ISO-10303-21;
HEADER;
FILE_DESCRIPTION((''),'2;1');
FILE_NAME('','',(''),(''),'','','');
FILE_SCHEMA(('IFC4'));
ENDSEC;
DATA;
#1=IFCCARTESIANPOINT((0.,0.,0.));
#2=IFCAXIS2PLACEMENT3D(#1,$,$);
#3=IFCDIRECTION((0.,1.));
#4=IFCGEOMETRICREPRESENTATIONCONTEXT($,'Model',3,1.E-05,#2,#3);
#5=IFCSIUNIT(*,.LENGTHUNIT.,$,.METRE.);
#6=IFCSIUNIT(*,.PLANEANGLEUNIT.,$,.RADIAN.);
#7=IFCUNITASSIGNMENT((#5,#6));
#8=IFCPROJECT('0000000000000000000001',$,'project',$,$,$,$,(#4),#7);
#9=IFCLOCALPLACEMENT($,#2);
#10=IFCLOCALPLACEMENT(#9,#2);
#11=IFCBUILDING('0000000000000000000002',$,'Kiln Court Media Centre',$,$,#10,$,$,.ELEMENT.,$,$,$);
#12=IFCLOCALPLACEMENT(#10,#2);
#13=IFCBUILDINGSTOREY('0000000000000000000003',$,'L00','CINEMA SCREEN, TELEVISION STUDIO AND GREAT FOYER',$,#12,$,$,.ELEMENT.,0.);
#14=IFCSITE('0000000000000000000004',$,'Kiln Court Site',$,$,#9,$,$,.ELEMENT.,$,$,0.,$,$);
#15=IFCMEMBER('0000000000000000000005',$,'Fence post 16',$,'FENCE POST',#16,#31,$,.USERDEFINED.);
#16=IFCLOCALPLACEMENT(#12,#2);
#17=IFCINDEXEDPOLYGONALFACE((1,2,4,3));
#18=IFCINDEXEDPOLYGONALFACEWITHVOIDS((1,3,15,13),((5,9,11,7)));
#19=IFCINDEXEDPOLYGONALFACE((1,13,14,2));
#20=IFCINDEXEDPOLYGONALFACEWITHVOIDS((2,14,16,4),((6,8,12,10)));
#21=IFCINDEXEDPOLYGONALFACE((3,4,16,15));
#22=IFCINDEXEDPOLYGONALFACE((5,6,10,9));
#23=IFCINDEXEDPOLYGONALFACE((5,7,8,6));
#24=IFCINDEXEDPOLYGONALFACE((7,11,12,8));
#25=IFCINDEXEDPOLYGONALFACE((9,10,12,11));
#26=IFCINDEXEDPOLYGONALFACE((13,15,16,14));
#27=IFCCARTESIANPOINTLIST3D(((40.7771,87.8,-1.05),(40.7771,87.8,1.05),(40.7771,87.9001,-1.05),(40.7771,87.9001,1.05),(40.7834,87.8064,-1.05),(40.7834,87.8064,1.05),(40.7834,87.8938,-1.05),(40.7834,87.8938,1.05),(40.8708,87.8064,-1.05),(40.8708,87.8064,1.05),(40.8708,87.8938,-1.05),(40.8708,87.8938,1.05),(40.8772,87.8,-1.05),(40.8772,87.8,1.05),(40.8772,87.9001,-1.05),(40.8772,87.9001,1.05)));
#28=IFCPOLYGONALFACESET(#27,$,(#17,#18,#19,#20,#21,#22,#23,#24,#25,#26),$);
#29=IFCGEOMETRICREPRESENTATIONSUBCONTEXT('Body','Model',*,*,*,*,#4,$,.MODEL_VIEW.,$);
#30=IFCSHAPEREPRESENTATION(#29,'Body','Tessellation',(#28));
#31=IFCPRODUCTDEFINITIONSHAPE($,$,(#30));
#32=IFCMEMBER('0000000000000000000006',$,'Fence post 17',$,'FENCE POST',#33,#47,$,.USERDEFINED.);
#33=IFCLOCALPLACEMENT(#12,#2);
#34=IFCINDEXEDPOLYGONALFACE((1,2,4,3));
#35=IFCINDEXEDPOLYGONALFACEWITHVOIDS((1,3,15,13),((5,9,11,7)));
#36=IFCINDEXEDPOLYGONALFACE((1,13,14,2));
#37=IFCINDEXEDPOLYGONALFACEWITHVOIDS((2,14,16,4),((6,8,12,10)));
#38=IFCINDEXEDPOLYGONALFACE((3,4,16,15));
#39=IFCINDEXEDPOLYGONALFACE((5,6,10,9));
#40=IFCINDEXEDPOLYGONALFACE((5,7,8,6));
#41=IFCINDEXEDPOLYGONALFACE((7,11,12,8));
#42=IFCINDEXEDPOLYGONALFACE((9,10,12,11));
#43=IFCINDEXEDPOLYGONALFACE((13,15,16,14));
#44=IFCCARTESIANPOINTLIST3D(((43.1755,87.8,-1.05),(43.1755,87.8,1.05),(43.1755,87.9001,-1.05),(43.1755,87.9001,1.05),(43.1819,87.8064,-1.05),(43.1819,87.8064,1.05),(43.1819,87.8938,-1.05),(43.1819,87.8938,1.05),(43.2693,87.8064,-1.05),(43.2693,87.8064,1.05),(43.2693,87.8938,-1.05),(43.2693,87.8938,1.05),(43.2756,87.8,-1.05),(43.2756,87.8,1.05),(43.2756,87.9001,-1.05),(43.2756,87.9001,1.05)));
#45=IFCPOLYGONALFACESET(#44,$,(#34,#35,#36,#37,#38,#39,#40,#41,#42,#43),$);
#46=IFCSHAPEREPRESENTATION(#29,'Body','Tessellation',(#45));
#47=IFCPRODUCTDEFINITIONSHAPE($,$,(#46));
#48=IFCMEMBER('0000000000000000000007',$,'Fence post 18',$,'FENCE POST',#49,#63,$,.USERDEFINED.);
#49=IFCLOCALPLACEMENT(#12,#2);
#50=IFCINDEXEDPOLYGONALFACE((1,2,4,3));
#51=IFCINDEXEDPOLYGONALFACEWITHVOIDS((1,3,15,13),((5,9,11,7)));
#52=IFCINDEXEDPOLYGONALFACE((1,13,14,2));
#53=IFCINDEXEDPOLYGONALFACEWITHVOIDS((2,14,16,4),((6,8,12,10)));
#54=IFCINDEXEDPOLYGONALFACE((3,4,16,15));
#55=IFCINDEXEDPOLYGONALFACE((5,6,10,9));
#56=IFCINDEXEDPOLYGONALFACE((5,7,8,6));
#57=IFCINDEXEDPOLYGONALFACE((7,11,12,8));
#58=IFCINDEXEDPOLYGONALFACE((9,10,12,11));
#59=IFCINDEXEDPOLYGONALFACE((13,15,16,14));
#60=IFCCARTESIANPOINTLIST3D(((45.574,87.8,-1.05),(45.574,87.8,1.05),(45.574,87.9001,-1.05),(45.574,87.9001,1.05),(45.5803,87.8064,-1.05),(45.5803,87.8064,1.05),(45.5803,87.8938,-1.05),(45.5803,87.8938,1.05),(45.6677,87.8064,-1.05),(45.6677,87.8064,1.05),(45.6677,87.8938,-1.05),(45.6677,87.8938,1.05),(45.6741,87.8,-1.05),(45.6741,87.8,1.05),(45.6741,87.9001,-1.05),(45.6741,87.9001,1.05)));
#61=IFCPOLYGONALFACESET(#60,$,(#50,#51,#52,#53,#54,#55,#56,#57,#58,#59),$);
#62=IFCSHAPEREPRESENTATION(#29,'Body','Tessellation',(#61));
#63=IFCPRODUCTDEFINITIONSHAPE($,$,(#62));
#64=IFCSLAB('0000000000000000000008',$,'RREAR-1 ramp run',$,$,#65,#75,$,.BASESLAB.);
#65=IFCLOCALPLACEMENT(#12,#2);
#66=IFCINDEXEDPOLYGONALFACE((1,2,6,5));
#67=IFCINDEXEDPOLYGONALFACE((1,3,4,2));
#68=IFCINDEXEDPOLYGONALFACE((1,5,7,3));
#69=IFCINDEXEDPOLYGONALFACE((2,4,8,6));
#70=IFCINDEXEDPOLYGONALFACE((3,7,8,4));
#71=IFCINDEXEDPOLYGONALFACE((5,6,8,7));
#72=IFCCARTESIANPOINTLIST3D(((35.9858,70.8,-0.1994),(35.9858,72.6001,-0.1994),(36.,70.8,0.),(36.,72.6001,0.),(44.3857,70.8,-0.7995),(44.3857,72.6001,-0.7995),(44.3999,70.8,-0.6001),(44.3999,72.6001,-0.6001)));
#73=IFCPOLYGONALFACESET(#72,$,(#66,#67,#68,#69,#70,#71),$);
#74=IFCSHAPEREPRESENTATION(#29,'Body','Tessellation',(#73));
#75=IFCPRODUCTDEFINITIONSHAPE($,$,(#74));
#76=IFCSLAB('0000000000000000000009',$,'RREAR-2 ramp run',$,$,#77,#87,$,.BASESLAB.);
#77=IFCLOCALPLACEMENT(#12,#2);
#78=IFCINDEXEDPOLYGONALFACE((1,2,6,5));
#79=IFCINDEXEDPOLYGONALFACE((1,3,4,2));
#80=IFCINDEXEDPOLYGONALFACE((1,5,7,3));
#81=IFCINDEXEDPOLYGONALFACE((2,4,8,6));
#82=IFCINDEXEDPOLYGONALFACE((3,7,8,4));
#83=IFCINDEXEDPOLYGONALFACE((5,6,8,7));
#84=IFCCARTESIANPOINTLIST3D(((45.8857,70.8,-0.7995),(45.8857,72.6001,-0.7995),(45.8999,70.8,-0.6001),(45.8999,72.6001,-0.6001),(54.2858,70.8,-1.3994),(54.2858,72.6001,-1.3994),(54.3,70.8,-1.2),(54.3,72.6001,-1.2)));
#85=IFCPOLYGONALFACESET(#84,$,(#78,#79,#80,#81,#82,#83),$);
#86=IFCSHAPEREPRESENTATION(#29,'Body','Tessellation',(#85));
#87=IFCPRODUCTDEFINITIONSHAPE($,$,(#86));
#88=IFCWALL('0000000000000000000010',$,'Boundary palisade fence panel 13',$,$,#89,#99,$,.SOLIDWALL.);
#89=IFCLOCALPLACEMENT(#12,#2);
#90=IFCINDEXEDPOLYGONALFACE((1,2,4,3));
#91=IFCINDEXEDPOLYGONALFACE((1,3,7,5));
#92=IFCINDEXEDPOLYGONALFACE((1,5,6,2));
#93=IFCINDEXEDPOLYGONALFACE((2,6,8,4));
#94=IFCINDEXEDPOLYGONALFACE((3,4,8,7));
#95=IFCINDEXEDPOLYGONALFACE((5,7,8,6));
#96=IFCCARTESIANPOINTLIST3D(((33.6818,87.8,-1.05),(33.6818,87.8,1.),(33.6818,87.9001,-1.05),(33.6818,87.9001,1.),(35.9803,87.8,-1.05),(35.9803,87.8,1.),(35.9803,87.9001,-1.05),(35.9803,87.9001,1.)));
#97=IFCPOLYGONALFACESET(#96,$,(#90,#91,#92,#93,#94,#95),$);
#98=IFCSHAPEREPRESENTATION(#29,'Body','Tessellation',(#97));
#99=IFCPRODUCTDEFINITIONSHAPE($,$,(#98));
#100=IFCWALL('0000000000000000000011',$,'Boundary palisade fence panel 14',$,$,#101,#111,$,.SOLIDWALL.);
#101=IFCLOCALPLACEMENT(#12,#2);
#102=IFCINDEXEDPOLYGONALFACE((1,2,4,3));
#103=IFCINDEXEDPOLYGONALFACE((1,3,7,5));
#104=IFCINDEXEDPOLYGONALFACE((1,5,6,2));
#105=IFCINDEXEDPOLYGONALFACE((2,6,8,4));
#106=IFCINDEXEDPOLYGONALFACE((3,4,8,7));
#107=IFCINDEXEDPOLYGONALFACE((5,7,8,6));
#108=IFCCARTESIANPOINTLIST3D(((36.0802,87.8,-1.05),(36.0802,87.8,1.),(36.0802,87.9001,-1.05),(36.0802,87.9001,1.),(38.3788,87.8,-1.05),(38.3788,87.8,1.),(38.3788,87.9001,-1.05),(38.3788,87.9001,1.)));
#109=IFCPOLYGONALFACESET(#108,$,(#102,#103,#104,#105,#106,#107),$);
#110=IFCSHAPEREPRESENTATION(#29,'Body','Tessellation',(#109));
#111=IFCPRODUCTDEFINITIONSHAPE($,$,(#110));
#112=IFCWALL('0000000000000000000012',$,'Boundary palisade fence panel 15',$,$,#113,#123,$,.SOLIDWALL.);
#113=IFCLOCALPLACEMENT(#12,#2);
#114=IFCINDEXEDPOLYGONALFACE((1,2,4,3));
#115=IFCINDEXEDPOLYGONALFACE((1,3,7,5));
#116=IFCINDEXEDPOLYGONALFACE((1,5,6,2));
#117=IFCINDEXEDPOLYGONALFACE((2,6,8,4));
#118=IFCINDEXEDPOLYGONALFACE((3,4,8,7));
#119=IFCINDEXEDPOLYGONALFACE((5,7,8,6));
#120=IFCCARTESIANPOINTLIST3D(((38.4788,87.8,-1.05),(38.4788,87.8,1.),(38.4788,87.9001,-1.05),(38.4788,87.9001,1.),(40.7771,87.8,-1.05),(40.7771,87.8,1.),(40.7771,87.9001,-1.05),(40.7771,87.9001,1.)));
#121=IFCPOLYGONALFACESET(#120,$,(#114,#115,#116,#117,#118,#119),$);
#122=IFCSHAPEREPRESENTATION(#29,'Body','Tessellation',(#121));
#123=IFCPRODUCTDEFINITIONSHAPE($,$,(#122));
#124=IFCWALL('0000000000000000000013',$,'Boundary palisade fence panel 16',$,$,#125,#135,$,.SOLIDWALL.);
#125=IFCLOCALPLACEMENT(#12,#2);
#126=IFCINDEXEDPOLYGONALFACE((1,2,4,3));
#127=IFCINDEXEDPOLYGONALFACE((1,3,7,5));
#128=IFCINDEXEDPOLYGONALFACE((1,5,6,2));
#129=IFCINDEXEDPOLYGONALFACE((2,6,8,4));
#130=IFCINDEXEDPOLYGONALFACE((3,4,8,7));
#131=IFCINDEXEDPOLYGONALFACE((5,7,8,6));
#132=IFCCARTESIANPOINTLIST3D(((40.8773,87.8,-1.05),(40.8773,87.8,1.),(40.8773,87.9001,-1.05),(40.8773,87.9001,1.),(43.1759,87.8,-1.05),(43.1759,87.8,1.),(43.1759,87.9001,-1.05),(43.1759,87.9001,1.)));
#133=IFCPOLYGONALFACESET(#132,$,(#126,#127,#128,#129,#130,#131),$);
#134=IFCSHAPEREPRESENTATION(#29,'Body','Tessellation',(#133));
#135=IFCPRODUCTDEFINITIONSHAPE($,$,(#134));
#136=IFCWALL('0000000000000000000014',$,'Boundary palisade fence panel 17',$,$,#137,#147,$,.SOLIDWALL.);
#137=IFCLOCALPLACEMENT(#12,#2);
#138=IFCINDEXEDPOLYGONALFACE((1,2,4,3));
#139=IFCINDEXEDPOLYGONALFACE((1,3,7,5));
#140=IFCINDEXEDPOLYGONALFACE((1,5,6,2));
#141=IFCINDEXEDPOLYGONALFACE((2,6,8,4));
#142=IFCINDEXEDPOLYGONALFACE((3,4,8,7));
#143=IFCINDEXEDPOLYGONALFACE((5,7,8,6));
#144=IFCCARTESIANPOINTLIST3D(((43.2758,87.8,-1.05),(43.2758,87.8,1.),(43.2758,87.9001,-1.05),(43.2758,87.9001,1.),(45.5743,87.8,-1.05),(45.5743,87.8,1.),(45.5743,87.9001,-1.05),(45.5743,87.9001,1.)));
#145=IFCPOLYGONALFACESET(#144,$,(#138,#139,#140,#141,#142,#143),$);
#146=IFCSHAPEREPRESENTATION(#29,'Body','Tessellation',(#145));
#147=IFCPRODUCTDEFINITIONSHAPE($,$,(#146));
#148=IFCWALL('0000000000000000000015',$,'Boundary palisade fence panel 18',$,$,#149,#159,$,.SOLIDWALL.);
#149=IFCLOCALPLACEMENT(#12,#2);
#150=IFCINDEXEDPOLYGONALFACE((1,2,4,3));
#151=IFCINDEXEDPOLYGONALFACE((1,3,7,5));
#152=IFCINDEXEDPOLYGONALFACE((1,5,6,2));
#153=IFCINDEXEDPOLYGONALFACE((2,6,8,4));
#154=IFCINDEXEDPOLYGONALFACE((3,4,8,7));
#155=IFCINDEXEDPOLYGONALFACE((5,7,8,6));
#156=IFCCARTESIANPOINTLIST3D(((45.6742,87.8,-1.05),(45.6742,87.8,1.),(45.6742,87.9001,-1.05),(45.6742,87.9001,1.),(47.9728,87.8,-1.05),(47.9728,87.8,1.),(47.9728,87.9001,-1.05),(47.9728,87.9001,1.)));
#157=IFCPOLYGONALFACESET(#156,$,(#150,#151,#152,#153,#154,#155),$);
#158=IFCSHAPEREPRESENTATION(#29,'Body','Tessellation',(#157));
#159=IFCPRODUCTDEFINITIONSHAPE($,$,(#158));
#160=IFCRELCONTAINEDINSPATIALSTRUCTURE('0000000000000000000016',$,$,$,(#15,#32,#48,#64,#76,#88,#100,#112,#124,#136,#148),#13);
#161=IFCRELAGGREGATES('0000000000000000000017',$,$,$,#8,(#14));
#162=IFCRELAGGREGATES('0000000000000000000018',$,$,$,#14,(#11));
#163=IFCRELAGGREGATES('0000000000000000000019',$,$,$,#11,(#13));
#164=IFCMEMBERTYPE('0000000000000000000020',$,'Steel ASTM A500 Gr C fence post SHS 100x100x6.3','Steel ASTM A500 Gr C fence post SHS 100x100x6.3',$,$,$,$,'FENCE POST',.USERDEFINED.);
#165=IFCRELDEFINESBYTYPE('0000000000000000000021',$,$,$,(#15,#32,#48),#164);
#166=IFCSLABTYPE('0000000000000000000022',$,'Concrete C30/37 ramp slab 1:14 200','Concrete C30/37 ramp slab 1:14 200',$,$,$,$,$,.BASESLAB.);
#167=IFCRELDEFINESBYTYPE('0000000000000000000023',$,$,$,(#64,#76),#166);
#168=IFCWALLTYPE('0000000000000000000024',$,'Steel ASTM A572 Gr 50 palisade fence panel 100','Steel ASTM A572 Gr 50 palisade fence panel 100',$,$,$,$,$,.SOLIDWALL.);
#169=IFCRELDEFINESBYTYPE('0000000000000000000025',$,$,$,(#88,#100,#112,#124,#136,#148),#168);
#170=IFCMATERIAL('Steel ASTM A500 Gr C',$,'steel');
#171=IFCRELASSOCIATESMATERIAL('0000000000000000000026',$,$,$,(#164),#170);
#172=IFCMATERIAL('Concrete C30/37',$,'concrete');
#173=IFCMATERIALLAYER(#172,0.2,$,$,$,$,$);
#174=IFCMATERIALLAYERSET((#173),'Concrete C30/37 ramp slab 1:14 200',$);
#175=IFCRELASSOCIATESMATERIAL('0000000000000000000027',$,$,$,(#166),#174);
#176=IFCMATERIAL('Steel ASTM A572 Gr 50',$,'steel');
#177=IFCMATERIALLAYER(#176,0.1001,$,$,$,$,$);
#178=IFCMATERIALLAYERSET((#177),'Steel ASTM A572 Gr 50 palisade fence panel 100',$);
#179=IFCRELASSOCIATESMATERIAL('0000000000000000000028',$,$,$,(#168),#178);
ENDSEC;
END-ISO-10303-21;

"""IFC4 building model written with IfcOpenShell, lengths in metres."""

from ifc_helpers import new_model, si_unit, direction, frame, frame_2d, origin, origin_2d, place, context, subcontext, project, spatial, polyline, rectangle, hollow_rectangle, outline, extrude, material, layer, layer_set, material_profile, profile_set, type_object, element, save


model = new_model("IFC4")

# Units and contexts
model_context = context("Model", 3, precision=1e-05, world=origin(), true_north=direction((0.0, 1.0)))
body_context = subcontext(model_context, "Body", "Model", "MODEL_VIEW")
ifc_project = project(units=[si_unit("LENGTHUNIT", "METRE"), si_unit("PLANEANGLEUNIT", "RADIAN")], contexts=[model_context])

# Site, building, storey
site_placement = place(None, origin())
site = spatial("IfcSite", under=ifc_project, at=site_placement, Name="Kiln Court Site", CompositionType="ELEMENT", RefElevation=0.0)
building_placement = place(site_placement, origin())
building = spatial("IfcBuilding", under=site, at=building_placement, Name="Kiln Court Media Centre", CompositionType="ELEMENT")
storey_placement = place(building_placement, origin())
storey = spatial("IfcBuildingStorey", under=building, at=storey_placement, Name="L00", Description="CINEMA SCREEN, TELEVISION STUDIO AND GREAT FOYER", CompositionType="ELEMENT", Elevation=0.0)

# Members
ifc_material_1 = material(Name="Steel ASTM A500 Gr C", Category="steel")
ifc_material_profile_1 = material_profile(ifc_material_1, hollow_rectangle(XDim=0.1001, YDim=0.1001, WallThickness=0.0063, at=origin_2d()), Name="SHS 100x100x6.3")
ifc_profile_set_1 = profile_set([ifc_material_profile_1], Name="Steel ASTM A500 Gr C")
member_type = type_object("IfcMemberType", Name="Steel ASTM A500 Gr C fence post SHS 100x100x6.3", Description="Steel ASTM A500 Gr C fence post SHS 100x100x6.3", ElementType="FENCE POST", PredefinedType="USERDEFINED", material=ifc_profile_set_1)
for number, where, z_axis, x_axis, name in (
    (1, (40.8271, 87.8501, -1.05), (0.0, 0.0, 1.0), (1.0, 0.0, 0.0), "Fence post 16"),
    (2, (43.2256, 87.8501, -1.05), (0.0, 0.0, 1.0), (1.0, 0.0, 0.0), "Fence post 17"),
    (3, (45.624, 87.8501, -1.05), (0.0, 0.0, 1.0), (1.0, 0.0, 0.0), "Fence post 18"),
):
    element("IfcMember", number, at=place(storey_placement, frame(where, z_axis=z_axis, x_axis=x_axis)), inside=storey, type_object=member_type, Name=name, ObjectType="FENCE POST", PredefinedType="USERDEFINED", context=body_context, shape_type="SweptSolid", body=[
        extrude(hollow_rectangle(XDim=0.1001, YDim=0.1001, WallThickness=0.0063, at=origin_2d()), origin(), (0.0, 0.0, 1.0), 2.1001),
    ])

# Slabs
ifc_material_2 = material(Name="Concrete C30/37", Category="concrete")
ifc_layer_1 = layer(ifc_material_2, 0.2)
ifc_layer_set_1 = layer_set([ifc_layer_1], Name="Concrete C30/37 ramp slab 1:14 200")
slab_type = type_object("IfcSlabType", Name="Concrete C30/37 ramp slab 1:14 200", Description="Concrete C30/37 ramp slab 1:14 200", PredefinedType="BASESLAB", material=ifc_layer_set_1)
slab_1_placement = place(storey_placement, frame((36.0, 70.8, 0.0), z_axis=(0.071259, 0.0, 0.997458), x_axis=(0.997458, 0.0, -0.071259)))
element("IfcSlab", 4, at=slab_1_placement, inside=storey, type_object=slab_type, Name="RREAR-1 ramp run", PredefinedType="BASESLAB", context=body_context, shape_type="SweptSolid", body=[
    extrude(outline(polyline([(0.0, 0.0), (8.4213, 0.0), (8.4213, 1.8), (0.0, 1.8), (0.0, 0.0)])), origin(), (0.0, 0.0, -1.0), 0.2),
])
slab_2_placement = place(storey_placement, frame((45.8999, 70.8, -0.6001), z_axis=(0.071229, 0.0, 0.99746), x_axis=(0.99746, 0.0, -0.071229)))
element("IfcSlab", 5, at=slab_2_placement, inside=storey, type_object=slab_type, Name="RREAR-2 ramp run", PredefinedType="BASESLAB", context=body_context, shape_type="SweptSolid", body=[
    extrude(outline(polyline([(0.0, 0.0), (8.4215, 0.0), (8.4215, 1.8), (0.0, 1.8), (0.0, 0.0)])), origin(), (0.0, 0.0, -1.0), 0.2),
])

# Walls
ifc_material_3 = material(Name="Steel ASTM A572 Gr 50", Category="steel")
ifc_layer_2 = layer(ifc_material_3, 0.1001)
ifc_layer_set_2 = layer_set([ifc_layer_2], Name="Steel ASTM A572 Gr 50 palisade fence panel 100")
wall_type = type_object("IfcWallType", Name="Steel ASTM A572 Gr 50 palisade fence panel 100", Description="Steel ASTM A572 Gr 50 palisade fence panel 100", PredefinedType="SOLIDWALL", material=ifc_layer_set_2)
for number, where, z_axis, x_axis, name in (
    (6, (33.6816, 87.8501, -1.05), (0.0, 0.0, 1.0), (1.0, 0.0, 0.0), "Boundary palisade fence panel 13"),
    (7, (36.0801, 87.8501, -1.05), (0.0, 0.0, 1.0), (1.0, 0.0, 0.0), "Boundary palisade fence panel 14"),
):
    element("IfcWall", number, at=place(storey_placement, frame(where, z_axis=z_axis, x_axis=x_axis)), inside=storey, type_object=wall_type, Name=name, PredefinedType="SOLIDWALL", context=body_context, shape_type="SweptSolid", body=[
        extrude(rectangle(XDim=2.2986, YDim=0.1001, at=frame_2d((1.1494, 0.0))), origin(), (0.0, 0.0, 1.0), 2.05),
    ])
wall_placement = place(storey_placement, frame((38.4788, 87.8501, -1.05), z_axis=(0.0, 0.0, 1.0), x_axis=(1.0, 0.0, 0.0)))
element("IfcWall", 8, at=wall_placement, inside=storey, type_object=wall_type, Name="Boundary palisade fence panel 15", PredefinedType="SOLIDWALL", context=body_context, shape_type="SweptSolid", body=[
    extrude(rectangle(XDim=2.2983, YDim=0.1001, at=frame_2d((1.1492, 0.0))), origin(), (0.0, 0.0, 1.0), 2.05),
])
for number, where, z_axis, x_axis, name in (
    (9, (40.8772, 87.8501, -1.05), (0.0, 0.0, 1.0), (1.0, 0.0, 0.0), "Boundary palisade fence panel 16"),
    (10, (43.2756, 87.8501, -1.05), (0.0, 0.0, 1.0), (1.0, 0.0, 0.0), "Boundary palisade fence panel 17"),
    (11, (45.6741, 87.8501, -1.05), (0.0, 0.0, 1.0), (1.0, 0.0, 0.0), "Boundary palisade fence panel 18"),
):
    element("IfcWall", number, at=place(storey_placement, frame(where, z_axis=z_axis, x_axis=x_axis)), inside=storey, type_object=wall_type, Name=name, PredefinedType="SOLIDWALL", context=body_context, shape_type="SweptSolid", body=[
        extrude(rectangle(XDim=2.2986, YDim=0.1001, at=frame_2d((1.1494, 0.0))), origin(), (0.0, 0.0, 1.0), 2.05),
    ])

save(model, "model.ifc")
